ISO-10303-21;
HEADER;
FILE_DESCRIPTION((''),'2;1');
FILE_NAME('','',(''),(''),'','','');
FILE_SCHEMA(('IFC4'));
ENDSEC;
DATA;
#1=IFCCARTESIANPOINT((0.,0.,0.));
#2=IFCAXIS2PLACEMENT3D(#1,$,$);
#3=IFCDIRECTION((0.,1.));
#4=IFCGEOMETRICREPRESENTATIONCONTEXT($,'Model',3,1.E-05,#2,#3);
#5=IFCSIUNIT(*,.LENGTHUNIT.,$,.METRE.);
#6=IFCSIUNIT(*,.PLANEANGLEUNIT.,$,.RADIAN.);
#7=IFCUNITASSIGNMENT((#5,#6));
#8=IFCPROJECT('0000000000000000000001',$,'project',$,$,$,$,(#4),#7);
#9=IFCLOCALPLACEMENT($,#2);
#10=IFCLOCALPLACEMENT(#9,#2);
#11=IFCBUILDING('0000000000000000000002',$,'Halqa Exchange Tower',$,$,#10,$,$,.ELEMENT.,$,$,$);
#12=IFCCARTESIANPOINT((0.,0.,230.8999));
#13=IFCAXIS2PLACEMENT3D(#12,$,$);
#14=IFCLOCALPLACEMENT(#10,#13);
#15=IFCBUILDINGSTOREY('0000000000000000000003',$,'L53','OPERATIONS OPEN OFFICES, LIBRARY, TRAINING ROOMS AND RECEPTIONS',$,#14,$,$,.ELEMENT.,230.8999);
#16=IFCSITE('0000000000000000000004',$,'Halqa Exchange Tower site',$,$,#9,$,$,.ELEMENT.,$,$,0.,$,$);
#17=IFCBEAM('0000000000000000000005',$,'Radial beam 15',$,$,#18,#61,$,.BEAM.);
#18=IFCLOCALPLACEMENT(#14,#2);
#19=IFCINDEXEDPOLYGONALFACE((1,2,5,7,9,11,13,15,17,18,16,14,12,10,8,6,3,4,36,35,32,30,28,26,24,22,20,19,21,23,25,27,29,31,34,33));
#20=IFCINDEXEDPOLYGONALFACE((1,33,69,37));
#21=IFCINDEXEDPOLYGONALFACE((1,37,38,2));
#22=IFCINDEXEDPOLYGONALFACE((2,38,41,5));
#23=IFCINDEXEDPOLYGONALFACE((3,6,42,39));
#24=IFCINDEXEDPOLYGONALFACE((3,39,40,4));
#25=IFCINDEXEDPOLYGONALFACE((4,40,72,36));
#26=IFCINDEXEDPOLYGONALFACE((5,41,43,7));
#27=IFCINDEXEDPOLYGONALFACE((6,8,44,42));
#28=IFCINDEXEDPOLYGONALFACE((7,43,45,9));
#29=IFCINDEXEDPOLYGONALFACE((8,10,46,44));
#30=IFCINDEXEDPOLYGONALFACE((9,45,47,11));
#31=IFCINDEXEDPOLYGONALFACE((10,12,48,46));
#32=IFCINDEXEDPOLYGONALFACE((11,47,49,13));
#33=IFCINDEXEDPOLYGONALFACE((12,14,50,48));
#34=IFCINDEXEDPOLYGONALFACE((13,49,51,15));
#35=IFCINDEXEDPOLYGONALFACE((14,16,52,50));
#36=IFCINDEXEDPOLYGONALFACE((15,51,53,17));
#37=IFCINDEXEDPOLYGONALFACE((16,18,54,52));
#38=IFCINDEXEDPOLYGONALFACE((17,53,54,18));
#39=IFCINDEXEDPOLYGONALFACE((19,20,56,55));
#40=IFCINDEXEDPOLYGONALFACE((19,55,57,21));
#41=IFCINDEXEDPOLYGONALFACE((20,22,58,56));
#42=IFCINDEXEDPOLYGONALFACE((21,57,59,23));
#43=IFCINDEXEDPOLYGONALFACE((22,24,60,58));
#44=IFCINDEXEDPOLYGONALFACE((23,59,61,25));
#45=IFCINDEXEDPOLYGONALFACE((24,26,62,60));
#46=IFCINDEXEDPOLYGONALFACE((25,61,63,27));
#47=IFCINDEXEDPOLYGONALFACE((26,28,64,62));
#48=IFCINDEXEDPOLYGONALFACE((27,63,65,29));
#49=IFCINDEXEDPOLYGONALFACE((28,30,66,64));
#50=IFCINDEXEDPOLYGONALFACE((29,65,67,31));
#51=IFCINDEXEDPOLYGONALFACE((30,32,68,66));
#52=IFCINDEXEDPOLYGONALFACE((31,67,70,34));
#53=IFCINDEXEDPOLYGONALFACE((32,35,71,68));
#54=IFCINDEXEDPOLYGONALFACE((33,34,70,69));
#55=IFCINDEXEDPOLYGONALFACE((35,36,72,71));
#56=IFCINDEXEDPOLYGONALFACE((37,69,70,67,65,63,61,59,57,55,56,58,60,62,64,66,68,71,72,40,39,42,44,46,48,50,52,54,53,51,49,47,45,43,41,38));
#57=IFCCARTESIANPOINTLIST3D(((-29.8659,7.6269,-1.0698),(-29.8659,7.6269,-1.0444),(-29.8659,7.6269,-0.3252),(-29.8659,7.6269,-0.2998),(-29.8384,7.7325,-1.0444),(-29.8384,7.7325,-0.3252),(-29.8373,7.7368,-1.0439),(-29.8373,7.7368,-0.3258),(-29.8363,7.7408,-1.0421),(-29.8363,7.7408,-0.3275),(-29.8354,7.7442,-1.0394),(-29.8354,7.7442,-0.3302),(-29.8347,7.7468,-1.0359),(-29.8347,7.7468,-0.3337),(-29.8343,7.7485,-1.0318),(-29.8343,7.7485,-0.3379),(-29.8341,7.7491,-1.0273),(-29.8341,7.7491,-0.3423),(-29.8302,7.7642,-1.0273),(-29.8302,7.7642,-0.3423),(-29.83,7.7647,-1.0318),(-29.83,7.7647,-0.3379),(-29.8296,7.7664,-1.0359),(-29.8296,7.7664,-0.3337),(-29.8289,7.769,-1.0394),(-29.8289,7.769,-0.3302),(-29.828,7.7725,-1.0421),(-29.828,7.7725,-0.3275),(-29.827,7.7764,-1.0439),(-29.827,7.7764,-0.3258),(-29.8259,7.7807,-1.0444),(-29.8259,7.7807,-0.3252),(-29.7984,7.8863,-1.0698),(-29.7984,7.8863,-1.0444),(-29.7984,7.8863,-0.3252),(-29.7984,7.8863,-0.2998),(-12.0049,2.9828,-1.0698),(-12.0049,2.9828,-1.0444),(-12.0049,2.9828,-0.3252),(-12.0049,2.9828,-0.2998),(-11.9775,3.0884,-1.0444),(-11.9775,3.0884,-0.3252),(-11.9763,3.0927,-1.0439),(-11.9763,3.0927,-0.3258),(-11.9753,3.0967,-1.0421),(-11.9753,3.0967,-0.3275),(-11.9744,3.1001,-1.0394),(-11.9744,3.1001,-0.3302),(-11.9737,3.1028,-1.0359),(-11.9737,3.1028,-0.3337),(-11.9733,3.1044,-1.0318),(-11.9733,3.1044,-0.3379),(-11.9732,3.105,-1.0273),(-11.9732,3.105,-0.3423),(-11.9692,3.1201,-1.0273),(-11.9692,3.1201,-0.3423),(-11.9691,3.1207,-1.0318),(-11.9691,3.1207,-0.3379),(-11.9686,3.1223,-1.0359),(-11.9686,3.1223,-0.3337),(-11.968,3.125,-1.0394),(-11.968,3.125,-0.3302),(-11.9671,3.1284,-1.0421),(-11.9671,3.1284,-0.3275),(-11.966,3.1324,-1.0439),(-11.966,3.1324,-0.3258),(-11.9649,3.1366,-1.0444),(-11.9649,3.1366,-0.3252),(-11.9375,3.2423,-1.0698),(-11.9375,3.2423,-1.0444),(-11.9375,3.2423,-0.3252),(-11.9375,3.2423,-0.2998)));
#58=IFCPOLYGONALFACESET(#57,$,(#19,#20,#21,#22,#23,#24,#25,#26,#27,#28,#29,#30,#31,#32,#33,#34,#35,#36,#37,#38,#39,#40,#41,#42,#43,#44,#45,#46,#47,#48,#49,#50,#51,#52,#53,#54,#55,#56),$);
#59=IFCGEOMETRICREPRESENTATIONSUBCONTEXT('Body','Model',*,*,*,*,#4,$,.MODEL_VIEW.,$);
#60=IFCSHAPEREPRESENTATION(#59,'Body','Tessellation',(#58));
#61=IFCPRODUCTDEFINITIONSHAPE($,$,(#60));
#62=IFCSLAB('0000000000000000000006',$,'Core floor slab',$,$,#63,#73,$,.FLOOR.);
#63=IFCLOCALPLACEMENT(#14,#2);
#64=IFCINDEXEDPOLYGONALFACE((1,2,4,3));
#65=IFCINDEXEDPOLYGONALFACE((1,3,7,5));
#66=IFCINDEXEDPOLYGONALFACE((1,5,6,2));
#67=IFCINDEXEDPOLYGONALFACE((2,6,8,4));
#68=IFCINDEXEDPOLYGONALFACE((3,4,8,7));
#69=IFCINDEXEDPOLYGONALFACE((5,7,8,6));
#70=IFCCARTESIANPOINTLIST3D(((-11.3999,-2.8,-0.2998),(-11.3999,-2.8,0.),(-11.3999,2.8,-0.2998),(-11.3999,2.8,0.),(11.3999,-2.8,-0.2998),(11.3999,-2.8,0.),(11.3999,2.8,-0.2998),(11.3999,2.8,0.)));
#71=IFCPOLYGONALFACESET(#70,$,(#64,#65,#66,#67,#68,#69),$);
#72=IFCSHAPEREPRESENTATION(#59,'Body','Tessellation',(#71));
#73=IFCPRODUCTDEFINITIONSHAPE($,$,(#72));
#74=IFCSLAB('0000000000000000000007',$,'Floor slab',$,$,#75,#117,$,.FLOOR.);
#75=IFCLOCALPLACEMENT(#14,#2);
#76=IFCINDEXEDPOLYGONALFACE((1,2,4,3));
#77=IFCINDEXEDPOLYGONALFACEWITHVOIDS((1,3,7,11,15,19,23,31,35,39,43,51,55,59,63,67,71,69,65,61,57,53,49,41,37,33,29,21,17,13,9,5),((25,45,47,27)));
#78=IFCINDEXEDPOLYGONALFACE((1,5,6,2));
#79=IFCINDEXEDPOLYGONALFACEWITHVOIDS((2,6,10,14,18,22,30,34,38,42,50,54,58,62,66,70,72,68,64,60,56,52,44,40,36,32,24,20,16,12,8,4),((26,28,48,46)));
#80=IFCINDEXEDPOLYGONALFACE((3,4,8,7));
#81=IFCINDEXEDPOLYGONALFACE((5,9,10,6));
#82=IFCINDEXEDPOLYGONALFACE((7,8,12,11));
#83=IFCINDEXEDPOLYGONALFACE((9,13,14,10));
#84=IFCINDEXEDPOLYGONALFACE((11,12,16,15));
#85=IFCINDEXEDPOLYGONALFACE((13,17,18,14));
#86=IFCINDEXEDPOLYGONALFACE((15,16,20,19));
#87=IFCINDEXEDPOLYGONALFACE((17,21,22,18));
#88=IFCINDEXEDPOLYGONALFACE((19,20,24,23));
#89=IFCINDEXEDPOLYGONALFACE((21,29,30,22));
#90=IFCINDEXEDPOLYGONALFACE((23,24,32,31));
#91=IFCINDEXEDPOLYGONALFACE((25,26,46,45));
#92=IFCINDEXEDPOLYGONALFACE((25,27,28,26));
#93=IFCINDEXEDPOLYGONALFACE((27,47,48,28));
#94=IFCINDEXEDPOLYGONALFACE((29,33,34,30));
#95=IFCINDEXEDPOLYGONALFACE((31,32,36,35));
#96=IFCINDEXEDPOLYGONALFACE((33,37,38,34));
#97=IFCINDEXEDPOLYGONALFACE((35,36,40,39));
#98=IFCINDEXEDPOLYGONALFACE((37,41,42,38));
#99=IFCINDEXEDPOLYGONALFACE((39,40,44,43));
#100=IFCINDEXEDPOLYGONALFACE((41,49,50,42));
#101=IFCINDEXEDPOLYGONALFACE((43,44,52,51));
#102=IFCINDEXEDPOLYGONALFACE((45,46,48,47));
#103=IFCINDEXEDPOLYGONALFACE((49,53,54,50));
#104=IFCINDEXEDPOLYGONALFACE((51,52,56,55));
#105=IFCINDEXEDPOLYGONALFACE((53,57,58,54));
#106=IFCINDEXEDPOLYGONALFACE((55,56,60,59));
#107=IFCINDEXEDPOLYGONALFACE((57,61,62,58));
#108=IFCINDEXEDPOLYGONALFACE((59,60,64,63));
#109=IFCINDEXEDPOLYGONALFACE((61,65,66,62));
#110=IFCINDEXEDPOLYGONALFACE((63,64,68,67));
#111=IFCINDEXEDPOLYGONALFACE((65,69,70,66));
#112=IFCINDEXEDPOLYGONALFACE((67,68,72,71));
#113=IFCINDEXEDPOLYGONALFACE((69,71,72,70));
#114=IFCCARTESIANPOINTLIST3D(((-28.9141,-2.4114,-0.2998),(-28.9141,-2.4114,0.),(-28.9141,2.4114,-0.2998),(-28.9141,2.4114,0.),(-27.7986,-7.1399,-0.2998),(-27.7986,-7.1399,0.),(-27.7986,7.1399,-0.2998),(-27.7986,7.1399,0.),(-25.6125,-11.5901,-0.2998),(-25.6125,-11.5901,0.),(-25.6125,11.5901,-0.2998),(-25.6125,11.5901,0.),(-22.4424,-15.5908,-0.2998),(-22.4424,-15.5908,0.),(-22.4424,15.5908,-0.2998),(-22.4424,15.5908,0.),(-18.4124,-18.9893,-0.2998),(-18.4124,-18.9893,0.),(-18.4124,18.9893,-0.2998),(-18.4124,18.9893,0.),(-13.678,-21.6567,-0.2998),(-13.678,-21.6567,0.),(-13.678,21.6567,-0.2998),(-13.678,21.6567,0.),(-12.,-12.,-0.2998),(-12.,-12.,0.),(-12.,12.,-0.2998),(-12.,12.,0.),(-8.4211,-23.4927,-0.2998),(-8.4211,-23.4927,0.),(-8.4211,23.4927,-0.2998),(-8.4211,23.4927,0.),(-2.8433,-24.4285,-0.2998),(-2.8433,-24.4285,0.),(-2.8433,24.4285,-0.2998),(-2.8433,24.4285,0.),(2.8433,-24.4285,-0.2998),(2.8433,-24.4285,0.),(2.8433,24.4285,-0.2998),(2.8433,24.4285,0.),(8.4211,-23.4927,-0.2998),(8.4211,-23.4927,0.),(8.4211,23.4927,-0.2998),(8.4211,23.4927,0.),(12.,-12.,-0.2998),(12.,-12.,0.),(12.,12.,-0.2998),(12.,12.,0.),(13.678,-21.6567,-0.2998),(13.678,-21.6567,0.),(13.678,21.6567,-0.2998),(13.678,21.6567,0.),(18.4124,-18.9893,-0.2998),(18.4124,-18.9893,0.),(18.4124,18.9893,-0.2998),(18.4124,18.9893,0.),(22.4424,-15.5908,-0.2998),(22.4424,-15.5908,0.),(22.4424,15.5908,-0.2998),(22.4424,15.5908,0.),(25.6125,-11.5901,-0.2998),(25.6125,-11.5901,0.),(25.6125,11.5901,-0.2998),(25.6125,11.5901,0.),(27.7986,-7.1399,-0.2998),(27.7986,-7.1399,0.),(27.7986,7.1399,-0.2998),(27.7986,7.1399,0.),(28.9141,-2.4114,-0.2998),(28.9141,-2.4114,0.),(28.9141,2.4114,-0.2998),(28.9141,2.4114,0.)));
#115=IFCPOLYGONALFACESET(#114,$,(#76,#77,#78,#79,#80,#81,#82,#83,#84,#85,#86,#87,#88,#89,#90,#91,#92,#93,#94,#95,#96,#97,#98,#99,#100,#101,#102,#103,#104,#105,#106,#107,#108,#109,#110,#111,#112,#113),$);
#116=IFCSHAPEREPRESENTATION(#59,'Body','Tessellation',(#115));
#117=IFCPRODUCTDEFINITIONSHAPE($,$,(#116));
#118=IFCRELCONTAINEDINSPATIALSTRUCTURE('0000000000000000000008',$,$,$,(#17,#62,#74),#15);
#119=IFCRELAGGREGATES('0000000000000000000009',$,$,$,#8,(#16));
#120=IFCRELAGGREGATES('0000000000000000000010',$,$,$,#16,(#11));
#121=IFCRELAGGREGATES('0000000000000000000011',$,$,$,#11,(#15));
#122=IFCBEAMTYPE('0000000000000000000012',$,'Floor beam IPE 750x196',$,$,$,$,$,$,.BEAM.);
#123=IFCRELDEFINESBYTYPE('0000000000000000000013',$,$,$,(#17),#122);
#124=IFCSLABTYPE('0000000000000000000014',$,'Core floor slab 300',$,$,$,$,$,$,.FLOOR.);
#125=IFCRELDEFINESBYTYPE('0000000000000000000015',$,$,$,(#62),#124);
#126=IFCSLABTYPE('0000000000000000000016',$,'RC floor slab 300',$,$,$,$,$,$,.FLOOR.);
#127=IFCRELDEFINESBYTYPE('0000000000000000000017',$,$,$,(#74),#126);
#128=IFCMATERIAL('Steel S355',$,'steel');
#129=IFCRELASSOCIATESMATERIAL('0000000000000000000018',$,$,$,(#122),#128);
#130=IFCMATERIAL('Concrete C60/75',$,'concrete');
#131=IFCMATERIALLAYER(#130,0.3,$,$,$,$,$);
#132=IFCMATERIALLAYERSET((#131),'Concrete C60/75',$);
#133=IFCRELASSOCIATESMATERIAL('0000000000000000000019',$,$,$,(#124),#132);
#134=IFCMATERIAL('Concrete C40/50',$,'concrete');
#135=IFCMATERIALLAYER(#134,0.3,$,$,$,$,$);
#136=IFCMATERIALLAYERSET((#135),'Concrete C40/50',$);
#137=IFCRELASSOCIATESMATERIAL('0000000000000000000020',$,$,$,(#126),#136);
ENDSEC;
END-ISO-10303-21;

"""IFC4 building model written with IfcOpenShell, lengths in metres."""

from ifc_helpers import new_model, si_unit, direction, frame, origin, origin_2d, place, context, subcontext, project, spatial, polyline, i_section, outline, extrude, material, layer, layer_set, material_profile, profile_set, type_object, element, save


model = new_model("IFC4")

# Units and contexts
model_context = context("Model", 3, precision=1e-05, world=origin(), true_north=direction((0.0, 1.0)))
body_context = subcontext(model_context, "Body", "Model", "MODEL_VIEW")
ifc_project = project(units=[si_unit("LENGTHUNIT", "METRE"), si_unit("PLANEANGLEUNIT", "RADIAN")], contexts=[model_context])

# Site, building, storey
site_placement = place(None, origin())
site = spatial("IfcSite", under=ifc_project, at=site_placement, Name="Halqa Exchange Tower site", CompositionType="ELEMENT", RefElevation=0.0)
building_placement = place(site_placement, origin())
building = spatial("IfcBuilding", under=site, at=building_placement, Name="Halqa Exchange Tower", CompositionType="ELEMENT")
storey_placement = place(building_placement, frame((0.0, 0.0, 230.8999)))
storey = spatial("IfcBuildingStorey", under=building, at=storey_placement, Name="L53", Description="OPERATIONS OPEN OFFICES, LIBRARY, TRAINING ROOMS AND RECEPTIONS", CompositionType="ELEMENT", Elevation=230.8999)

# Beam
ifc_material_1 = material(Name="Steel S355", Category="steel")
ifc_material_profile = material_profile(ifc_material_1, i_section(OverallWidth=0.2681, OverallDepth=0.77, WebThickness=0.0156, FlangeThickness=0.0254, FilletRadius=0.0171, at=origin_2d()), Name="IPE 750x196")
ifc_profile_set = profile_set([ifc_material_profile], Name="Steel S355")
beam_type = type_object("IfcBeamType", Name="Floor beam IPE 750x196", PredefinedType="BEAM", material=ifc_profile_set)
beam_placement = place(storey_placement, frame((-11.9712, 3.1125, -0.6848), z_axis=(-0.96782, 0.251645, 0.0), x_axis=(-0.251645, -0.96782, 0.0)))
element("IfcBeam", 1, at=beam_placement, inside=storey, type_object=beam_type, Name="Radial beam 15", PredefinedType="BEAM", context=body_context, shape_type="SweptSolid", body=[
    extrude(i_section(OverallWidth=0.2681, OverallDepth=0.77, WebThickness=0.0156, FlangeThickness=0.0254, FilletRadius=0.0171, at=origin_2d()), origin(), (0.0, 0.0, 1.0), 18.4548),
])

# Slabs
ifc_material_2 = material(Name="Concrete C60/75", Category="concrete")
ifc_layer_1 = layer(ifc_material_2, 0.3)
ifc_layer_set_1 = layer_set([ifc_layer_1], Name="Concrete C60/75")
slab_type_1 = type_object("IfcSlabType", Name="Core floor slab 300", PredefinedType="FLOOR", material=ifc_layer_set_1)
slab_1_placement = place(storey_placement, frame((0.0, 0.0, -0.2998)))
element("IfcSlab", 2, at=slab_1_placement, inside=storey, type_object=slab_type_1, Name="Core floor slab", PredefinedType="FLOOR", context=body_context, shape_type="SweptSolid", body=[
    extrude(outline(polyline([(-11.3999, 2.8), (11.3999, 2.8), (11.3999, -2.8), (-11.3999, -2.8), (-11.3999, 2.8)])), origin(), (0.0, 0.0, 1.0), 0.2998),
])
ifc_material_3 = material(Name="Concrete C40/50", Category="concrete")
ifc_layer_2 = layer(ifc_material_3, 0.3)
ifc_layer_set_2 = layer_set([ifc_layer_2], Name="Concrete C40/50")
slab_type_2 = type_object("IfcSlabType", Name="RC floor slab 300", PredefinedType="FLOOR", material=ifc_layer_set_2)
slab_2_placement = place(storey_placement, frame((0.0, 0.0, -0.2998)))
element("IfcSlab", 3, at=slab_2_placement, inside=storey, type_object=slab_type_2, Name="Floor slab", PredefinedType="FLOOR", context=body_context, shape_type="SweptSolid", body=[
    extrude(outline(polyline([(28.9141, 2.4114), (27.7986, 7.1399), (25.6125, 11.5901), (22.4424, 15.5908), (18.4124, 18.9893), (13.678, 21.6567), (8.4211, 23.4927), (2.8433, 24.4285), (-2.8433, 24.4285), (-8.4211, 23.4927), (-13.678, 21.6567), (-18.4124, 18.9893), (-22.4424, 15.5908), (-25.6125, 11.5901), (-27.7986, 7.1399), (-28.9141, 2.4114), (-28.9141, -2.4114), (-27.7986, -7.1399), (-25.6125, -11.5901), (-22.4424, -15.5908), (-18.4124, -18.9893), (-13.678, -21.6567), (-8.4211, -23.4927), (-2.8433, -24.4285), (2.8433, -24.4285), (8.4211, -23.4927), (13.678, -21.6567), (18.4124, -18.9893), (22.4424, -15.5908), (25.6125, -11.5901), (27.7986, -7.1399), (28.9141, -2.4114), (28.9141, 2.4114)]), holes=[polyline([(-12.0, -12.0), (12.0, -12.0), (12.0, 12.0), (-12.0, 12.0), (-12.0, -12.0)])]), origin(), (0.0, 0.0, 1.0), 0.2998),
])

save(model, "model.ifc")
